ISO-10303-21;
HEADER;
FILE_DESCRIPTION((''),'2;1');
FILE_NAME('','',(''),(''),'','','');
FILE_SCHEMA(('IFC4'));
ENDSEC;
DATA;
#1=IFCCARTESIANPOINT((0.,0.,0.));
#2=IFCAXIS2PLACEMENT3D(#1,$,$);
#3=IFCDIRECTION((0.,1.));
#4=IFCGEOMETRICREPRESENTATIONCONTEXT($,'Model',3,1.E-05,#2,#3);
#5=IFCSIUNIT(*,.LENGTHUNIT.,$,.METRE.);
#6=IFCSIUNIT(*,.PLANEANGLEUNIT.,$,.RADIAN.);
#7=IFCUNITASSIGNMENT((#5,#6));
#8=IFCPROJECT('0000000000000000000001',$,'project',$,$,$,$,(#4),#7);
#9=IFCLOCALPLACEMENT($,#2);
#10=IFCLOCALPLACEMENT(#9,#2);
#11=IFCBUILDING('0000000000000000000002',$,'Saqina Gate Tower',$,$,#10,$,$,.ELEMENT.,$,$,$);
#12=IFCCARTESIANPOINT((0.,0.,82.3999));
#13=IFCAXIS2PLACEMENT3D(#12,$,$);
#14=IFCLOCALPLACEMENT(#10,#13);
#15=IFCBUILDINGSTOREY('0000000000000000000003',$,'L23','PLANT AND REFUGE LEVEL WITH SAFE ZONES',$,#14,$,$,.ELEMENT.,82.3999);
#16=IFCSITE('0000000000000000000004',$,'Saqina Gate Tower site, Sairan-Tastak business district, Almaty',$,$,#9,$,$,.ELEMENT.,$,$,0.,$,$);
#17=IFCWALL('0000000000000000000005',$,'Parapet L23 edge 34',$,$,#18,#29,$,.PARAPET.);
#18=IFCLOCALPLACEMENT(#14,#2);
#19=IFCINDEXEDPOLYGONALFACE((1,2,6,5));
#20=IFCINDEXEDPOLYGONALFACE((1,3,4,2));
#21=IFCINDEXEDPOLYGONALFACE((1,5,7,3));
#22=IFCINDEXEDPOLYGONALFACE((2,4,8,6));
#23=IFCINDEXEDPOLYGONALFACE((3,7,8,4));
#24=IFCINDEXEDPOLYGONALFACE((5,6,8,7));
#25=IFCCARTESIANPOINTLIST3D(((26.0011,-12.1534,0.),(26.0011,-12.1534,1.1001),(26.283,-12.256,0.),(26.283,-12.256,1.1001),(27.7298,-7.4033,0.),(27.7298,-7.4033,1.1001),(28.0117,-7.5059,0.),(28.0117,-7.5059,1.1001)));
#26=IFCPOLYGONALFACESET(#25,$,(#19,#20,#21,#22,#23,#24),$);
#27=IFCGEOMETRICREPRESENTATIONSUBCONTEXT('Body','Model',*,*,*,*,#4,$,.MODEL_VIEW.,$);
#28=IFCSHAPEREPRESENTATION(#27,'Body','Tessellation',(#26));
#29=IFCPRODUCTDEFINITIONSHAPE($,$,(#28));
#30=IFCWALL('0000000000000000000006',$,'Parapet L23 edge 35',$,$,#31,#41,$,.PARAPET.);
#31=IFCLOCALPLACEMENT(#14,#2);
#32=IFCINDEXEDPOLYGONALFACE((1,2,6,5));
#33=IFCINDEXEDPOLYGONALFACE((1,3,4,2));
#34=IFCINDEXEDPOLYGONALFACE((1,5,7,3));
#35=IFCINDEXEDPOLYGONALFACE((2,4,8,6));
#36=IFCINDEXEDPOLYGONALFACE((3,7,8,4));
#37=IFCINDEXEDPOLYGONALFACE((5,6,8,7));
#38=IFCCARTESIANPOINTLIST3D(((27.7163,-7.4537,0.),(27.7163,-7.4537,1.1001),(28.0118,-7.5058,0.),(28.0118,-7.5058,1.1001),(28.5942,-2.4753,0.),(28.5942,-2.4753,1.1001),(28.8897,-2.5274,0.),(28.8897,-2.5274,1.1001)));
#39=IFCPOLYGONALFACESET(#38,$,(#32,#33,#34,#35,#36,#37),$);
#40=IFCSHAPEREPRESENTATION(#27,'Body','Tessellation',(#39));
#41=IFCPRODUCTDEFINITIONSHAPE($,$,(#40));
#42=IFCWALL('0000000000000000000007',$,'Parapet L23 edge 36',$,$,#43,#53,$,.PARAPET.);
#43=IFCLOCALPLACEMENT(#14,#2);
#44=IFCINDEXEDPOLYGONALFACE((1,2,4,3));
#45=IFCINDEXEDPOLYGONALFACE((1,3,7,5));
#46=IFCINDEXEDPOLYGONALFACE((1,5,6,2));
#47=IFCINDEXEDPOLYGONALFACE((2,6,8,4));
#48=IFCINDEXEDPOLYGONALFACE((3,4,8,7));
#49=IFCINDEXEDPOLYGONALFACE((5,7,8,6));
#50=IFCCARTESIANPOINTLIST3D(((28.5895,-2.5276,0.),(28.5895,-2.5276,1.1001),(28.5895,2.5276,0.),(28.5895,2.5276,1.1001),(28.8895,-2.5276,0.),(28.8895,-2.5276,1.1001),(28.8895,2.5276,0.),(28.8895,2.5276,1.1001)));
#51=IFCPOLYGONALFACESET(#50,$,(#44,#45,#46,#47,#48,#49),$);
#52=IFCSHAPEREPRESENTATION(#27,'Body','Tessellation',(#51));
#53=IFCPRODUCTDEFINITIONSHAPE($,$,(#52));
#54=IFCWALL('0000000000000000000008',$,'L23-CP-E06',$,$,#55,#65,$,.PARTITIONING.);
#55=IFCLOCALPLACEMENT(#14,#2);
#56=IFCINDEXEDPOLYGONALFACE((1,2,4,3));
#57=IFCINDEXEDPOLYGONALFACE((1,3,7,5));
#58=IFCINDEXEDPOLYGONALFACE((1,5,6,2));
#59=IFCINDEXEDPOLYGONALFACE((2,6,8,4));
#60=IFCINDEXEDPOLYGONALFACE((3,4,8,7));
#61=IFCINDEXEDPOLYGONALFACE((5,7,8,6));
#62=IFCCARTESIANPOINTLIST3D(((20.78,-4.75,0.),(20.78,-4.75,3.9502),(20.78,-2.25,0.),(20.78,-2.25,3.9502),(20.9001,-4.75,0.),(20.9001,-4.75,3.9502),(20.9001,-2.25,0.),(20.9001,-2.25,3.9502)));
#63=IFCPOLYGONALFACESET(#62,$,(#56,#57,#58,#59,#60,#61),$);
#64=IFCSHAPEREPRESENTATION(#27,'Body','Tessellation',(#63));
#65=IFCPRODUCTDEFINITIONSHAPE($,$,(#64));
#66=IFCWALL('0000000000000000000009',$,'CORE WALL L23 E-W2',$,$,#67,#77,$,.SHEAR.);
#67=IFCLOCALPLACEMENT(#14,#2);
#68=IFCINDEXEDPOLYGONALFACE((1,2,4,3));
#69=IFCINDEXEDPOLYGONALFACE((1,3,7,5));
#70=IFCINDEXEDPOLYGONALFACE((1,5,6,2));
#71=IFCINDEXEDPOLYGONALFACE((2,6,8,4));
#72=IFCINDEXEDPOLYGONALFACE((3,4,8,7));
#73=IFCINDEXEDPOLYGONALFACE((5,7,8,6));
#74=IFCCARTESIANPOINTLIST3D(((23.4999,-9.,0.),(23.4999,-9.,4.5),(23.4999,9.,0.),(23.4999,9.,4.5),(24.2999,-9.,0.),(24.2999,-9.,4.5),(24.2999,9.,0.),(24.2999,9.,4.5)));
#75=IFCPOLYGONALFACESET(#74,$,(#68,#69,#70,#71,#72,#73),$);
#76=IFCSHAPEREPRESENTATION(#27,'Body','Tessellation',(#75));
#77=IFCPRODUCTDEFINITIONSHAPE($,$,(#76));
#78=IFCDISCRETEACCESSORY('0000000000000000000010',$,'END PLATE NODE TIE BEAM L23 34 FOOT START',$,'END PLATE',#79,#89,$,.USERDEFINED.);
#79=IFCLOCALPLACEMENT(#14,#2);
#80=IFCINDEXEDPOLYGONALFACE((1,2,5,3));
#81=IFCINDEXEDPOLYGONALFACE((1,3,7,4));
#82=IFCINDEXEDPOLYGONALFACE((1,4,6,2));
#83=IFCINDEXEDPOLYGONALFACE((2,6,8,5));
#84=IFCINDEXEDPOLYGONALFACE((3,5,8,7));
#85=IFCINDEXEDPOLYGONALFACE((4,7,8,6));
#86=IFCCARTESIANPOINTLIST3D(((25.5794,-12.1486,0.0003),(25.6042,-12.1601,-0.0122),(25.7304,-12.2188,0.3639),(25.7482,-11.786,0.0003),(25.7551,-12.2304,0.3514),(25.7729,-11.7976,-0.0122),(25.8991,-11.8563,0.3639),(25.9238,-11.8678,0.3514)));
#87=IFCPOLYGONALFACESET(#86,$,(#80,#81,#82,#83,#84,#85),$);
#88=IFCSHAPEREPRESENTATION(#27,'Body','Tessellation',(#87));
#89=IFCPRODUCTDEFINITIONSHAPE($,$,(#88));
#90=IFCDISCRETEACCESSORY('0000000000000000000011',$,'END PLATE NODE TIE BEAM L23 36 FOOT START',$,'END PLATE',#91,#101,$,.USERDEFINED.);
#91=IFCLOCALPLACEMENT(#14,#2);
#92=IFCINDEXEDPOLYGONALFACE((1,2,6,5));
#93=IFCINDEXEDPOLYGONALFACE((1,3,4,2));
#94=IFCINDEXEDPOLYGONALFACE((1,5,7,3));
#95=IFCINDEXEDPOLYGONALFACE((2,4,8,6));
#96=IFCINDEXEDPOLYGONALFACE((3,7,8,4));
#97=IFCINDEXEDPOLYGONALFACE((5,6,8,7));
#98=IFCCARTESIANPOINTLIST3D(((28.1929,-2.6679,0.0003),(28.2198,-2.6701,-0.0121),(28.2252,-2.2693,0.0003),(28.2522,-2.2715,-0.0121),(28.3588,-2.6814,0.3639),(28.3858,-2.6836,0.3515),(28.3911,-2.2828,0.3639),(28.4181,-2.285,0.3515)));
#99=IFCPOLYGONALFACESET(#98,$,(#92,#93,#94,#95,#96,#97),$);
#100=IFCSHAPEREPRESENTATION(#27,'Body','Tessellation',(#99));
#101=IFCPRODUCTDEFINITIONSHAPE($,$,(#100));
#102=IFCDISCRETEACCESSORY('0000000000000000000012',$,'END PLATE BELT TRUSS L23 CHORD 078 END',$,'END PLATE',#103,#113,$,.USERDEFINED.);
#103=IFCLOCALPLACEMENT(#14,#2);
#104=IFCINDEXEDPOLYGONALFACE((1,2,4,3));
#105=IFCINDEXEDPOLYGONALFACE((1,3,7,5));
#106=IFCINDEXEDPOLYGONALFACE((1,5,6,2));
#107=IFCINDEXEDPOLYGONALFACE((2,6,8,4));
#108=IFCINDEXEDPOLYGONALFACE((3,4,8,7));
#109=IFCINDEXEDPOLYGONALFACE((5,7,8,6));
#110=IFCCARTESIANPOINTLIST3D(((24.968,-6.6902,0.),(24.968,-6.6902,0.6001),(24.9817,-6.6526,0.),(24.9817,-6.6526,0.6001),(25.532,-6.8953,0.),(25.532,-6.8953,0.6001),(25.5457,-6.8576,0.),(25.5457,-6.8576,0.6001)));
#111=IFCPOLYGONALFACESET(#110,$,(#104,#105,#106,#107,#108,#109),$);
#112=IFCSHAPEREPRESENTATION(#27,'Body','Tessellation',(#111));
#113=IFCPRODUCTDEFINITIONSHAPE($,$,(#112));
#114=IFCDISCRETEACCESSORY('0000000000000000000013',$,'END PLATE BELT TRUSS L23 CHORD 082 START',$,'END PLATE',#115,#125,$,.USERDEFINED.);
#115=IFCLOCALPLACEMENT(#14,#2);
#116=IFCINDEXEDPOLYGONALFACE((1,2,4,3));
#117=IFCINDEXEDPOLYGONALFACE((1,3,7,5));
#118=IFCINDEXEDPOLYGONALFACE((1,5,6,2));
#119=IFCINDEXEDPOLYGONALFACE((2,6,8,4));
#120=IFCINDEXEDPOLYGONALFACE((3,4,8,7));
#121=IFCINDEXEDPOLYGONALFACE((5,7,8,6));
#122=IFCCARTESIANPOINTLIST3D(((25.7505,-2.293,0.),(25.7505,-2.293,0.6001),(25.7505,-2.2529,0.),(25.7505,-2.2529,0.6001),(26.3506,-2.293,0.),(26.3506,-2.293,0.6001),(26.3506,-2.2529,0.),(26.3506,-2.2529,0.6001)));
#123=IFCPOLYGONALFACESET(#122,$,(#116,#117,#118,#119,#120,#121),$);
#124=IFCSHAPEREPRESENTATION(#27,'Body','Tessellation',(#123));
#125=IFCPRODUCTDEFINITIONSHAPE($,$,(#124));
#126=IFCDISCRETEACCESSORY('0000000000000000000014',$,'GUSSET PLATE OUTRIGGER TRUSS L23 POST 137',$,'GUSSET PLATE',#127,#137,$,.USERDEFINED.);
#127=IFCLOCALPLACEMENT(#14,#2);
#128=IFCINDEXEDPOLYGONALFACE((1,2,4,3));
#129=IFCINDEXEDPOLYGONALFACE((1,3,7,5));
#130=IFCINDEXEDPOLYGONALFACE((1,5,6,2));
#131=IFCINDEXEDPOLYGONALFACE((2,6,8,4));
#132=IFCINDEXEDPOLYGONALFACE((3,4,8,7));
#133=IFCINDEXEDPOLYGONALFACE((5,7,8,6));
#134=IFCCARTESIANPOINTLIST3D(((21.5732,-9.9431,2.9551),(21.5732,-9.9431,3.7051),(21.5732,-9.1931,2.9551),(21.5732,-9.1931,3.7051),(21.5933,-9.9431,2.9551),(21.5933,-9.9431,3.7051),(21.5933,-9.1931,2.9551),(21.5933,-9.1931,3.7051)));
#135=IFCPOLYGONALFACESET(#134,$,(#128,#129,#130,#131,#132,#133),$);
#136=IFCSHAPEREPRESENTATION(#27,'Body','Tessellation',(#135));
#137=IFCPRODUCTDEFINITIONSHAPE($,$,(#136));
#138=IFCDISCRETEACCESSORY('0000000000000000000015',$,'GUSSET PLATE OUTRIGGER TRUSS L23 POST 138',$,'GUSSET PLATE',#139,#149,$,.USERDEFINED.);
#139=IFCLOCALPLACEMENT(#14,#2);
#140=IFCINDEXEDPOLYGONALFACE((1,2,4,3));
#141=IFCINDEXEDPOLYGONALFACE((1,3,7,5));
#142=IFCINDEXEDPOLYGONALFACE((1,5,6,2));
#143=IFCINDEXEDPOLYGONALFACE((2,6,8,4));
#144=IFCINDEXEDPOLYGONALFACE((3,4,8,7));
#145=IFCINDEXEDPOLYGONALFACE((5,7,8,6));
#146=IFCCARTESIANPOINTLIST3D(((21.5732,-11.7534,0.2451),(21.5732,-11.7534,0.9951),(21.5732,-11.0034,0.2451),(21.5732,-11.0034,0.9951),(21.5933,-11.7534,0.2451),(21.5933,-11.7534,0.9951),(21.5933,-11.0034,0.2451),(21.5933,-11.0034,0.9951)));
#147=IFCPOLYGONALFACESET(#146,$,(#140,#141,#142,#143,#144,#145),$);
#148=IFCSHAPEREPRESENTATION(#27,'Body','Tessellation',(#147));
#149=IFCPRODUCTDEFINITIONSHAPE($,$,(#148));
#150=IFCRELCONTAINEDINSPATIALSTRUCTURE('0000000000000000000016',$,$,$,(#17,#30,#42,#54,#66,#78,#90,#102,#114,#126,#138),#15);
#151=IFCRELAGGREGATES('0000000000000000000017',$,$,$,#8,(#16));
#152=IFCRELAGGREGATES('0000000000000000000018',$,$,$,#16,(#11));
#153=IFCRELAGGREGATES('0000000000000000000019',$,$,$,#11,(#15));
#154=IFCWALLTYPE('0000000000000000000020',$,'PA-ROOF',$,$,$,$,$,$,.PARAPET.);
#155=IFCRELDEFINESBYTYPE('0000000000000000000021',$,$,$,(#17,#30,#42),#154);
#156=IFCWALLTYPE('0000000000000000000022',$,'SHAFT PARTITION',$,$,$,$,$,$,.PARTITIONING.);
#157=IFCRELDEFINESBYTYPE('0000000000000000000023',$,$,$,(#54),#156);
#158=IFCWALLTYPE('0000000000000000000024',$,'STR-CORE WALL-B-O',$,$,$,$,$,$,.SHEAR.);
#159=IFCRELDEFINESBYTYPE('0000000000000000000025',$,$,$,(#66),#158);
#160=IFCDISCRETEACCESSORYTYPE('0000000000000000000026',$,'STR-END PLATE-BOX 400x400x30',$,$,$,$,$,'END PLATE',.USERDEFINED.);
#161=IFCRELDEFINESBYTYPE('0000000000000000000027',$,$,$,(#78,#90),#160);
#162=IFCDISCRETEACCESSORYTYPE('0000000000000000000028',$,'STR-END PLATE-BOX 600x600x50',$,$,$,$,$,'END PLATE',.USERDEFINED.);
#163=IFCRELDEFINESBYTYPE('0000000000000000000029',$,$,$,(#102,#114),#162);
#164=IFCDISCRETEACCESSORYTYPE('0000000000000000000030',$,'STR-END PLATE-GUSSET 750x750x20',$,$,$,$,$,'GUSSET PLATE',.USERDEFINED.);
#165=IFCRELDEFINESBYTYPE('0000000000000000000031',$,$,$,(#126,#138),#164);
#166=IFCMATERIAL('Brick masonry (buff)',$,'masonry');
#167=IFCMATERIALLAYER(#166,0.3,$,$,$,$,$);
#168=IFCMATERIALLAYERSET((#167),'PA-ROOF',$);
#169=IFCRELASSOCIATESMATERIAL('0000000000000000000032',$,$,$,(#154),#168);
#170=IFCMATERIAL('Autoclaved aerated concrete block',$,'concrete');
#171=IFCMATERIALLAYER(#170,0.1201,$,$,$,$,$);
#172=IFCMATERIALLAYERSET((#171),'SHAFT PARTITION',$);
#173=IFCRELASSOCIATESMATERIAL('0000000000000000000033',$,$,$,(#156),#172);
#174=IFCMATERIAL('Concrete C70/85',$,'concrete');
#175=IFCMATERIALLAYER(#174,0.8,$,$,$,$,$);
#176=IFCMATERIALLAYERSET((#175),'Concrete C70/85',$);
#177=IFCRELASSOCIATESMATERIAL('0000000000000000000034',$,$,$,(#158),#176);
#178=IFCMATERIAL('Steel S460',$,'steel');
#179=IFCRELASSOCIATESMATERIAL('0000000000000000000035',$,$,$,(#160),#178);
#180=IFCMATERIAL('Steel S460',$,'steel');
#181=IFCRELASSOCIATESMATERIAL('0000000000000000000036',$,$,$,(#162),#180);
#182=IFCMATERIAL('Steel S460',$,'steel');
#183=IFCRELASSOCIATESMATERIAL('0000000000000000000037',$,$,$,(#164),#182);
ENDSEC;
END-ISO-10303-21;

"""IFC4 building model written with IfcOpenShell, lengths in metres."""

from ifc_helpers import new_model, si_unit, direction, frame, frame_2d, origin, origin_2d, place, context, subcontext, project, spatial, rectangle, extrude, material, layer, layer_set, material_profile, profile_set, type_object, element, save


model = new_model("IFC4")

# Units and contexts
model_context = context("Model", 3, precision=1e-05, world=origin(), true_north=direction((0.0, 1.0)))
body_context = subcontext(model_context, "Body", "Model", "MODEL_VIEW")
ifc_project = project(units=[si_unit("LENGTHUNIT", "METRE"), si_unit("PLANEANGLEUNIT", "RADIAN")], contexts=[model_context])

# Site, building, storey
site_placement = place(None, origin())
site = spatial("IfcSite", under=ifc_project, at=site_placement, Name="Saqina Gate Tower site, Sairan-Tastak business district, Almaty", CompositionType="ELEMENT", RefElevation=0.0)
building_placement = place(site_placement, origin())
building = spatial("IfcBuilding", under=site, at=building_placement, Name="Saqina Gate Tower", CompositionType="ELEMENT")
storey_placement = place(building_placement, frame((0.0, 0.0, 82.3999)))
storey = spatial("IfcBuildingStorey", under=building, at=storey_placement, Name="L23", Description="PLANT AND REFUGE LEVEL WITH SAFE ZONES", CompositionType="ELEMENT", Elevation=82.3999)

# Walls
ifc_material_1 = material(Name="Brick masonry (buff)", Category="masonry")
ifc_layer_1 = layer(ifc_material_1, 0.3)
ifc_layer_set_1 = layer_set([ifc_layer_1], Name="PA-ROOF")
wall_type_1 = type_object("IfcWallType", Name="PA-ROOF", PredefinedType="PARAPET", material=ifc_layer_set_1)
wall_1_placement = place(storey_placement, frame((26.1421, -12.2046, 0.0), z_axis=(0.0, 0.0, 1.0), x_axis=(0.341987, 0.939705, 0.0)))
element("IfcWall", 1, at=wall_1_placement, inside=storey, type_object=wall_type_1, Name="Parapet L23 edge 34", PredefinedType="PARAPET", context=body_context, shape_type="SweptSolid", body=[
    extrude(rectangle(XDim=5.0549, YDim=0.3, at=frame_2d((2.5273, 0.0))), origin(), (0.0, 0.0, 1.0), 1.1001),
])
for number, where, z_axis, x_axis, name in (
    (2, (27.864, -7.4797, 0.0), (0.0, 0.0, 1.0), (0.173672, 0.984803, 0.0), "Parapet L23 edge 35"),
    (3, (28.7395, -2.5276, 0.0), (0.0, 0.0, 1.0), (0.0, 1.0, 0.0), "Parapet L23 edge 36"),
):
    element("IfcWall", number, at=place(storey_placement, frame(where, z_axis=z_axis, x_axis=x_axis)), inside=storey, type_object=wall_type_1, Name=name, PredefinedType="PARAPET", context=body_context, shape_type="SweptSolid", body=[
        extrude(rectangle(XDim=5.0552, YDim=0.3, at=frame_2d((2.5276, 0.0))), origin(), (0.0, 0.0, 1.0), 1.1001),
    ])
ifc_material_2 = material(Name="Autoclaved aerated concrete block", Category="concrete")
ifc_layer_2 = layer(ifc_material_2, 0.1201)
ifc_layer_set_2 = layer_set([ifc_layer_2], Name="SHAFT PARTITION")
wall_type_2 = type_object("IfcWallType", Name="SHAFT PARTITION", PredefinedType="PARTITIONING", material=ifc_layer_set_2)
wall_2_placement = place(storey_placement, frame((20.8401, -4.75, 0.0), z_axis=(0.0, 0.0, 1.0), x_axis=(0.0, 1.0, 0.0)))
element("IfcWall", 4, at=wall_2_placement, inside=storey, type_object=wall_type_2, Name="L23-CP-E06", PredefinedType="PARTITIONING", context=body_context, shape_type="SweptSolid", body=[
    extrude(rectangle(XDim=2.5, YDim=0.1201, at=frame_2d((1.25, 0.0))), origin(), (0.0, 0.0, 1.0), 3.9502),
])
ifc_material_3 = material(Name="Concrete C70/85", Category="concrete")
ifc_layer_3 = layer(ifc_material_3, 0.8)
ifc_layer_set_3 = layer_set([ifc_layer_3], Name="Concrete C70/85")
wall_type_3 = type_object("IfcWallType", Name="STR-CORE WALL-B-O", PredefinedType="SHEAR", material=ifc_layer_set_3)
wall_3_placement = place(storey_placement, frame((23.8999, -9.0, 0.0), z_axis=(0.0, 0.0, 1.0), x_axis=(0.0, 1.0, 0.0)))
element("IfcWall", 5, at=wall_3_placement, inside=storey, type_object=wall_type_3, Name="CORE WALL L23 E-W2", PredefinedType="SHEAR", context=body_context, shape_type="SweptSolid", body=[
    extrude(rectangle(XDim=18.0, YDim=0.8, at=frame_2d((9.0, 0.0))), origin(), (0.0, 0.0, 1.0), 4.5),
])

# Discrete accessories
ifc_material_4 = material(Name="Steel S460", Category="steel")
ifc_material_profile_1 = material_profile(ifc_material_4, rectangle(XDim=0.3999, YDim=0.3999, at=origin_2d()), Name="STR-END PLATE-BOX 400x400x30")
ifc_profile_set_1 = profile_set([ifc_material_profile_1], Name="Steel S460")
discrete_accessory_type_1 = type_object("IfcDiscreteAccessoryType", Name="STR-END PLATE-BOX 400x400x30", ElementType="END PLATE", PredefinedType="USERDEFINED", material=ifc_profile_set_1)
discrete_accessory_1_placement = place(storey_placement, frame((25.7393, -12.0024, 0.1821), z_axis=(0.824359, -0.383613, -0.416261), x_axis=(-0.421905, -0.90664, -0.000007)))
element("IfcDiscreteAccessory", 6, at=discrete_accessory_1_placement, inside=storey, type_object=discrete_accessory_type_1, Name="END PLATE NODE TIE BEAM L23 34 FOOT START", ObjectType="END PLATE", PredefinedType="USERDEFINED", context=body_context, shape_type="SweptSolid", body=[
    extrude(rectangle(XDim=0.3999, YDim=0.3999, at=origin_2d()), origin(), (0.0, 0.0, 1.0), 0.03),
])
discrete_accessory_2_placement = place(storey_placement, frame((28.292, -2.4753, 0.1821), z_axis=(0.906221, -0.073477, -0.416372), x_axis=(-0.080815, -0.996729, 0.000001)))
element("IfcDiscreteAccessory", 7, at=discrete_accessory_2_placement, inside=storey, type_object=discrete_accessory_type_1, Name="END PLATE NODE TIE BEAM L23 36 FOOT START", ObjectType="END PLATE", PredefinedType="USERDEFINED", context=body_context, shape_type="SweptSolid", body=[
    extrude(rectangle(XDim=0.3999, YDim=0.3999, at=origin_2d()), origin(), (0.0, 0.0, 1.0), 0.0298),
])
ifc_material_5 = material(Name="Steel S460", Category="steel")
ifc_material_profile_2 = material_profile(ifc_material_5, rectangle(XDim=0.6001, YDim=0.6001, at=origin_2d()), Name="STR-END PLATE-BOX 600x600x50")
ifc_profile_set_2 = profile_set([ifc_material_profile_2], Name="Steel S460")
discrete_accessory_type_2 = type_object("IfcDiscreteAccessoryType", Name="STR-END PLATE-BOX 600x600x50", ElementType="END PLATE", PredefinedType="USERDEFINED", material=ifc_profile_set_2)
for number, where, z_axis, x_axis, name in (
    (8, (25.25, -6.7927, 0.3), (0.341743, 0.939793, 0.0), (-0.939793, 0.341743, 0.0), "END PLATE BELT TRUSS L23 CHORD 078 END"),
    (9, (26.0505, -2.2529, 0.3), (0.0, -1.0, 0.0), (-1.0, 0.0, 0.0), "END PLATE BELT TRUSS L23 CHORD 082 START"),
):
    element("IfcDiscreteAccessory", number, at=place(storey_placement, frame(where, z_axis=z_axis, x_axis=x_axis)), inside=storey, type_object=discrete_accessory_type_2, Name=name, ObjectType="END PLATE", PredefinedType="USERDEFINED", context=body_context, shape_type="SweptSolid", body=[
        extrude(rectangle(XDim=0.6001, YDim=0.6001, at=origin_2d()), origin(), (0.0, 0.0, 1.0), 0.04),
    ])
ifc_material_6 = material(Name="Steel S460", Category="steel")
ifc_material_profile_3 = material_profile(ifc_material_6, rectangle(XDim=0.75, YDim=0.75, at=origin_2d()), Name="STR-END PLATE-GUSSET 750x750x20")
ifc_profile_set_3 = profile_set([ifc_material_profile_3], Name="Steel S460")
discrete_accessory_type_3 = type_object("IfcDiscreteAccessoryType", Name="STR-END PLATE-GUSSET 750x750x20", ElementType="GUSSET PLATE", PredefinedType="USERDEFINED", material=ifc_profile_set_3)
for number, where, z_axis, x_axis, name in (
    (10, (21.5732, -9.5681, 3.3301), (1.0, 0.0, 0.0), (0.0, 1.0, 0.0), "GUSSET PLATE OUTRIGGER TRUSS L23 POST 137"),
    (11, (21.5732, -11.3784, 0.6201), (1.0, 0.0, 0.0), (0.0, 1.0, 0.0), "GUSSET PLATE OUTRIGGER TRUSS L23 POST 138"),
):
    element("IfcDiscreteAccessory", number, at=place(storey_placement, frame(where, z_axis=z_axis, x_axis=x_axis)), inside=storey, type_object=discrete_accessory_type_3, Name=name, ObjectType="GUSSET PLATE", PredefinedType="USERDEFINED", context=body_context, shape_type="SweptSolid", body=[
        extrude(rectangle(XDim=0.75, YDim=0.75, at=origin_2d()), origin(), (0.0, 0.0, 1.0), 0.02),
    ])

save(model, "model.ifc")
